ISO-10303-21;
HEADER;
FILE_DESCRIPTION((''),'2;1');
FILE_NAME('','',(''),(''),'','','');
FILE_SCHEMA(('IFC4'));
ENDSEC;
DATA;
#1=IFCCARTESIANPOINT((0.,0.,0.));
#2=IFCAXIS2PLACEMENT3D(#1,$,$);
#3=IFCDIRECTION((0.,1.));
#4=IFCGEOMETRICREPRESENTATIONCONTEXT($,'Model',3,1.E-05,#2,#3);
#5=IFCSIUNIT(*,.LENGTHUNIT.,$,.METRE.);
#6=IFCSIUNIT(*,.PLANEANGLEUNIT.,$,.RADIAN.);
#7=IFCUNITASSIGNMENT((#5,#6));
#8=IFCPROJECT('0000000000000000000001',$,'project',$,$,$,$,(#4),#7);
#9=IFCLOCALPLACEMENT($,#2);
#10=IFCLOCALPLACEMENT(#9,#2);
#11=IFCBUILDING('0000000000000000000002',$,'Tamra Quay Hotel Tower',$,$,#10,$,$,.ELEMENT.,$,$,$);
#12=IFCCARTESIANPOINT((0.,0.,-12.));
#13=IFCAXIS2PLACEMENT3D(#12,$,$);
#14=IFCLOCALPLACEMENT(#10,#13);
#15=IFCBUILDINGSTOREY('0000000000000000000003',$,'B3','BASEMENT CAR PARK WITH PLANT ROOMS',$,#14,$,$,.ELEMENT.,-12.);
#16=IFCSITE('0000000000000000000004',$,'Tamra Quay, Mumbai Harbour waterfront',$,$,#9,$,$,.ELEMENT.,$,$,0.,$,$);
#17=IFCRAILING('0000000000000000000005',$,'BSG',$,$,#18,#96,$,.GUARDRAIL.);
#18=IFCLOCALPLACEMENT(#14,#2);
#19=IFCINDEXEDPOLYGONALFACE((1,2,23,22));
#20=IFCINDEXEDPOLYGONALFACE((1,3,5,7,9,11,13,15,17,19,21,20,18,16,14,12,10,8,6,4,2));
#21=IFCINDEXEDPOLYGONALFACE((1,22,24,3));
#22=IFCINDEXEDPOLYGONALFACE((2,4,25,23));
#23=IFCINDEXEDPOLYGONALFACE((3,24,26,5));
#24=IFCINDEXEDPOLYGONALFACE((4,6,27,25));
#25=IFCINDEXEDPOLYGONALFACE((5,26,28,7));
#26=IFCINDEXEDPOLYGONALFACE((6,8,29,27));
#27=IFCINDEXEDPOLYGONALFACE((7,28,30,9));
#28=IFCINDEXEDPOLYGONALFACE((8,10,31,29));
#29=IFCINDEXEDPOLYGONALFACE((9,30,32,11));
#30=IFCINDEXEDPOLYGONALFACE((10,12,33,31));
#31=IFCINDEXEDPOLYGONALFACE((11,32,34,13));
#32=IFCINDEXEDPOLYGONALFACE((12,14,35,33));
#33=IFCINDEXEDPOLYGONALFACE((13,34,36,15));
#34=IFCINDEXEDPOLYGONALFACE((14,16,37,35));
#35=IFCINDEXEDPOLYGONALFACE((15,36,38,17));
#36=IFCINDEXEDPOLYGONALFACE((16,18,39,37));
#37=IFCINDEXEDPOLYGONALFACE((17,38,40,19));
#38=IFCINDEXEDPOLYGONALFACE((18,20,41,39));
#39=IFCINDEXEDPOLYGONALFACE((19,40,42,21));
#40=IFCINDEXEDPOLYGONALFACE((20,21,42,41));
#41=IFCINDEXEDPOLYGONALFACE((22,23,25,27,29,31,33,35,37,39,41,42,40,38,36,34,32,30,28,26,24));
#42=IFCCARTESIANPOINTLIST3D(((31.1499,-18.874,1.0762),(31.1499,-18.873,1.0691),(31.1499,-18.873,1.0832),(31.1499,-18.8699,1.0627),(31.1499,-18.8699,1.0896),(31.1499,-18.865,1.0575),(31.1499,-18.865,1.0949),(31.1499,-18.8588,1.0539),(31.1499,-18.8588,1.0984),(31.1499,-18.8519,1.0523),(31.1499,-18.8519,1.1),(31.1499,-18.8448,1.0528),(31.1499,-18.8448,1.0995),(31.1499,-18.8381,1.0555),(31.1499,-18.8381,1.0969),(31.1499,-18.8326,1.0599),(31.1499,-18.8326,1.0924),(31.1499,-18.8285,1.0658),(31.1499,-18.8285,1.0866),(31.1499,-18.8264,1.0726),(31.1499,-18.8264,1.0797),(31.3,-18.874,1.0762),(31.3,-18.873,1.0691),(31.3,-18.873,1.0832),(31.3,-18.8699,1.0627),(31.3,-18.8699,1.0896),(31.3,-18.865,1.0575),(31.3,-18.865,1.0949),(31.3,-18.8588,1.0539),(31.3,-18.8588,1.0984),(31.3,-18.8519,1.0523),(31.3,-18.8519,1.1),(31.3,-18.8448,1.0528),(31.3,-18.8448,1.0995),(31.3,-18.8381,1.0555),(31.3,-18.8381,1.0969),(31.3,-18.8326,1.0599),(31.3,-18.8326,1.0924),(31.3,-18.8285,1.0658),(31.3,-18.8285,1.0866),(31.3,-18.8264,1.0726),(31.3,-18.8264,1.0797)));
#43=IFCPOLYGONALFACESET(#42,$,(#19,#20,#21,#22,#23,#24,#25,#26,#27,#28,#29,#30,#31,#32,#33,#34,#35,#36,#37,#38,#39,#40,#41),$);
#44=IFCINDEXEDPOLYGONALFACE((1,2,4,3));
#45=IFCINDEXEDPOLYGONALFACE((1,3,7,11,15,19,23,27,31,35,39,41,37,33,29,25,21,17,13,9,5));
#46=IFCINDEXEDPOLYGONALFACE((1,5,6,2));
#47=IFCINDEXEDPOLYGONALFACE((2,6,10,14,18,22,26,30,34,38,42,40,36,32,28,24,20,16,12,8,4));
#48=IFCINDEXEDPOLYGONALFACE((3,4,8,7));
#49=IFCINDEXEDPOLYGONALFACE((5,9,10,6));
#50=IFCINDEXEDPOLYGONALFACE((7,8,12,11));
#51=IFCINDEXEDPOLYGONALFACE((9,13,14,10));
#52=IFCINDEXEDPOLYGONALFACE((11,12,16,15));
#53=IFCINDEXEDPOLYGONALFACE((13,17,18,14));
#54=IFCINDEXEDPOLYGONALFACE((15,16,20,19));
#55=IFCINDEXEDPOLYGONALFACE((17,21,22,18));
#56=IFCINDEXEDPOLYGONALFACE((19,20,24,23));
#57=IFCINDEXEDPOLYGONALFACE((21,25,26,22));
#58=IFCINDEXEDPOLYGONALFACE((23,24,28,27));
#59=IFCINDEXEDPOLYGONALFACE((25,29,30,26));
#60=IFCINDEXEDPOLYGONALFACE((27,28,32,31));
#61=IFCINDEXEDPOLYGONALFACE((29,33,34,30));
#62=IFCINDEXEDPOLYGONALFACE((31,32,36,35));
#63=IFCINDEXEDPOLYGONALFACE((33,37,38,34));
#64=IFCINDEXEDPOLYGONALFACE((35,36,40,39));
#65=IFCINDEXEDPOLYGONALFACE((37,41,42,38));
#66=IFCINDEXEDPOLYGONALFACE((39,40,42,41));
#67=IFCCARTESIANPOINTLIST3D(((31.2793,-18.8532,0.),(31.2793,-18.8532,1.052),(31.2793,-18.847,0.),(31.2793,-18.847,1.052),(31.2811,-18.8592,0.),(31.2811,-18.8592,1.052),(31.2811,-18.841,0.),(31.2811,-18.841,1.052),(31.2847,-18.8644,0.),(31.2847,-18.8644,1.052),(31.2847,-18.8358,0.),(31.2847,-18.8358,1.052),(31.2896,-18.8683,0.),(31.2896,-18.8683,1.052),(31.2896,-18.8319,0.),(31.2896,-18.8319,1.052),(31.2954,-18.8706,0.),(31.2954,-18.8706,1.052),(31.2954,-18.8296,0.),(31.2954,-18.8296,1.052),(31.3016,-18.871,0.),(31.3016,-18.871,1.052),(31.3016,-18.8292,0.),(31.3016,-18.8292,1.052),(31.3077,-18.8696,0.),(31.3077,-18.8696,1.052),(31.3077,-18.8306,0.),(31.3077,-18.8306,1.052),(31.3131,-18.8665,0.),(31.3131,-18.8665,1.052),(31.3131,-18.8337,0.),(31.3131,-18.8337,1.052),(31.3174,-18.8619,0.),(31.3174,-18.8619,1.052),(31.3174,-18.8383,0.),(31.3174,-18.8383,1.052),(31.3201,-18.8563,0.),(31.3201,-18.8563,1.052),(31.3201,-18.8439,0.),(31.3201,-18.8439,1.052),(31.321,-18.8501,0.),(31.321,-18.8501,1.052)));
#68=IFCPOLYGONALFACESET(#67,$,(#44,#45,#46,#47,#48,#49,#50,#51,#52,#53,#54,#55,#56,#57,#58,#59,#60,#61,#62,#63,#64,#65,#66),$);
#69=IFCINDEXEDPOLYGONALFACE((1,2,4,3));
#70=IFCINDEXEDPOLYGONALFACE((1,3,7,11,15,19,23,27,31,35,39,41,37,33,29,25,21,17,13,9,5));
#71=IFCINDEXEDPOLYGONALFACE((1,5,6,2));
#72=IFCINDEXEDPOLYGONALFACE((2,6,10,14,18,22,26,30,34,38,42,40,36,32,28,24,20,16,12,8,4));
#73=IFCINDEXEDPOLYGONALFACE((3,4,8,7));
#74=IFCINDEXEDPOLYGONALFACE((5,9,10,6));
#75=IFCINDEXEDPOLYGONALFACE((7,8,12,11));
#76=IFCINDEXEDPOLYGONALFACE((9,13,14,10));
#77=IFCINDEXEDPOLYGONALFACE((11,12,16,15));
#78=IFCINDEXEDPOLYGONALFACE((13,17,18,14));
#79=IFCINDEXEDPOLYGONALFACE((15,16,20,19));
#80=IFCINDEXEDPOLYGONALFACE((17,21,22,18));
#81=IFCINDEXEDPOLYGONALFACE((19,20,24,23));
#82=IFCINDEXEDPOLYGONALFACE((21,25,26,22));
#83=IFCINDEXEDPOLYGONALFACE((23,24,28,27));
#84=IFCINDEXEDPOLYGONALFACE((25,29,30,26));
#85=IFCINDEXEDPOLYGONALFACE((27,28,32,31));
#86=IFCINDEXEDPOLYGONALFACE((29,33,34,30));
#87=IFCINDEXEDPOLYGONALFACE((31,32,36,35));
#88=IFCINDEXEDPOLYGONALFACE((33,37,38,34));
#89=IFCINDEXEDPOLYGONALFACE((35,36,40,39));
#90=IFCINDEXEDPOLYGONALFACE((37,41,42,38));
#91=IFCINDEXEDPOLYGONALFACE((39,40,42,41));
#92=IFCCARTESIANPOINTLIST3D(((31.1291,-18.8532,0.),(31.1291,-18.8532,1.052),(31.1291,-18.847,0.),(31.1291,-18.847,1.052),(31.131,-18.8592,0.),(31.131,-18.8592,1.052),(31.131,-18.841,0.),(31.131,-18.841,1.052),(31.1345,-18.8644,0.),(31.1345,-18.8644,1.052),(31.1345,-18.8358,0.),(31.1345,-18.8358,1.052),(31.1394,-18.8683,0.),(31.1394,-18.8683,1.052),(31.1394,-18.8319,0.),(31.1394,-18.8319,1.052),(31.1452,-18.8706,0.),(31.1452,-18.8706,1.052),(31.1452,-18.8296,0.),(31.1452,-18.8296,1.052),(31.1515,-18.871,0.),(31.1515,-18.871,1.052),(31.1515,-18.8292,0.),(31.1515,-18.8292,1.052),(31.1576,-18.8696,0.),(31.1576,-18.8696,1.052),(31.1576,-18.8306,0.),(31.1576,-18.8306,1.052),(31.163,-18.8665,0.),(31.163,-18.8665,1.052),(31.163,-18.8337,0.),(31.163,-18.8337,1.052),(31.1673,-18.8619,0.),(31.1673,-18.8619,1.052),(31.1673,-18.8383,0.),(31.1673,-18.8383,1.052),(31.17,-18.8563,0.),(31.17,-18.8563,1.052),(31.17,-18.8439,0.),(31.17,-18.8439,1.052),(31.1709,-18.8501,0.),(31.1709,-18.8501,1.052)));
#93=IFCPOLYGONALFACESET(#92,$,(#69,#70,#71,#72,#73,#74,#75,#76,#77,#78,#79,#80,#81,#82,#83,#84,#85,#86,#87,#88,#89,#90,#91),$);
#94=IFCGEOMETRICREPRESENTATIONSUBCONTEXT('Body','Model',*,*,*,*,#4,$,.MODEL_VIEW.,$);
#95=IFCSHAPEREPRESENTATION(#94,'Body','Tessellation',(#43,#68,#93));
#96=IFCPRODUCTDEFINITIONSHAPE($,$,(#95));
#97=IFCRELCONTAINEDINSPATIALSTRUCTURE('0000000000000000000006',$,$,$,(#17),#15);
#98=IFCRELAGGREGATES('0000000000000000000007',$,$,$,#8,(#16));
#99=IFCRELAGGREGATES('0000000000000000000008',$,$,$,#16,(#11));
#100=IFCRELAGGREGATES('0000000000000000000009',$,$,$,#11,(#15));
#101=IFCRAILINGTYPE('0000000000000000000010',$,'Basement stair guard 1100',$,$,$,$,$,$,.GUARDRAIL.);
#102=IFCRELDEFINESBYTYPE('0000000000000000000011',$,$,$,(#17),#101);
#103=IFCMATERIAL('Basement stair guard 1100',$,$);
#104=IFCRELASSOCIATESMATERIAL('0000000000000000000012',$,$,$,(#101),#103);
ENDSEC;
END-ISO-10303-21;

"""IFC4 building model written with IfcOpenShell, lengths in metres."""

from ifc_helpers import new_model, si_unit, direction, frame, origin, origin_2d, place, context, subcontext, project, spatial, circle, extrude, material, type_object, element, save


model = new_model("IFC4")

# Units and contexts
model_context = context("Model", 3, precision=1e-05, world=origin(), true_north=direction((0.0, 1.0)))
body_context = subcontext(model_context, "Body", "Model", "MODEL_VIEW")
ifc_project = project(units=[si_unit("LENGTHUNIT", "METRE"), si_unit("PLANEANGLEUNIT", "RADIAN")], contexts=[model_context])

# Site, building, storey
site_placement = place(None, origin())
site = spatial("IfcSite", under=ifc_project, at=site_placement, Name="Tamra Quay, Mumbai Harbour waterfront", CompositionType="ELEMENT", RefElevation=0.0)
building_placement = place(site_placement, origin())
building = spatial("IfcBuilding", under=site, at=building_placement, Name="Tamra Quay Hotel Tower", CompositionType="ELEMENT")
storey_placement = place(building_placement, frame((0.0, 0.0, -12.0)))
storey = spatial("IfcBuildingStorey", under=building, at=storey_placement, Name="B3", Description="BASEMENT CAR PARK WITH PLANT ROOMS", CompositionType="ELEMENT", Elevation=-12.0)

# Railing
ifc_material_1 = material(Name="Basement stair guard 1100")
railing_type_1 = type_object("IfcRailingType", Name="Basement stair guard 1100", PredefinedType="GUARDRAIL", material=ifc_material_1)
railing_1_placement = place(storey_placement, frame((31.3, -18.8501, 0.0)))
element("IfcRailing", 1, at=railing_1_placement, inside=storey, type_object=railing_type_1, Name="BSG", PredefinedType="GUARDRAIL", context=body_context, shape_type="SweptSolid", body=[
    extrude(circle(Radius=0.0239, at=origin_2d()), frame((0.0, 0.0, 1.0762), z_axis=(-1.0, 0.0, 0.0), x_axis=(0.0, -1.0, 0.0)), (0.0, 0.0, 1.0), 0.1501),
    extrude(circle(Radius=0.021, at=origin_2d()), origin(), (0.0, 0.0, 1.0), 1.052),
    extrude(circle(Radius=0.021, at=origin_2d()), frame((-0.1501, 0.0, 0.0)), (0.0, 0.0, 1.0), 1.052),
])

save(model, "model.ifc")
